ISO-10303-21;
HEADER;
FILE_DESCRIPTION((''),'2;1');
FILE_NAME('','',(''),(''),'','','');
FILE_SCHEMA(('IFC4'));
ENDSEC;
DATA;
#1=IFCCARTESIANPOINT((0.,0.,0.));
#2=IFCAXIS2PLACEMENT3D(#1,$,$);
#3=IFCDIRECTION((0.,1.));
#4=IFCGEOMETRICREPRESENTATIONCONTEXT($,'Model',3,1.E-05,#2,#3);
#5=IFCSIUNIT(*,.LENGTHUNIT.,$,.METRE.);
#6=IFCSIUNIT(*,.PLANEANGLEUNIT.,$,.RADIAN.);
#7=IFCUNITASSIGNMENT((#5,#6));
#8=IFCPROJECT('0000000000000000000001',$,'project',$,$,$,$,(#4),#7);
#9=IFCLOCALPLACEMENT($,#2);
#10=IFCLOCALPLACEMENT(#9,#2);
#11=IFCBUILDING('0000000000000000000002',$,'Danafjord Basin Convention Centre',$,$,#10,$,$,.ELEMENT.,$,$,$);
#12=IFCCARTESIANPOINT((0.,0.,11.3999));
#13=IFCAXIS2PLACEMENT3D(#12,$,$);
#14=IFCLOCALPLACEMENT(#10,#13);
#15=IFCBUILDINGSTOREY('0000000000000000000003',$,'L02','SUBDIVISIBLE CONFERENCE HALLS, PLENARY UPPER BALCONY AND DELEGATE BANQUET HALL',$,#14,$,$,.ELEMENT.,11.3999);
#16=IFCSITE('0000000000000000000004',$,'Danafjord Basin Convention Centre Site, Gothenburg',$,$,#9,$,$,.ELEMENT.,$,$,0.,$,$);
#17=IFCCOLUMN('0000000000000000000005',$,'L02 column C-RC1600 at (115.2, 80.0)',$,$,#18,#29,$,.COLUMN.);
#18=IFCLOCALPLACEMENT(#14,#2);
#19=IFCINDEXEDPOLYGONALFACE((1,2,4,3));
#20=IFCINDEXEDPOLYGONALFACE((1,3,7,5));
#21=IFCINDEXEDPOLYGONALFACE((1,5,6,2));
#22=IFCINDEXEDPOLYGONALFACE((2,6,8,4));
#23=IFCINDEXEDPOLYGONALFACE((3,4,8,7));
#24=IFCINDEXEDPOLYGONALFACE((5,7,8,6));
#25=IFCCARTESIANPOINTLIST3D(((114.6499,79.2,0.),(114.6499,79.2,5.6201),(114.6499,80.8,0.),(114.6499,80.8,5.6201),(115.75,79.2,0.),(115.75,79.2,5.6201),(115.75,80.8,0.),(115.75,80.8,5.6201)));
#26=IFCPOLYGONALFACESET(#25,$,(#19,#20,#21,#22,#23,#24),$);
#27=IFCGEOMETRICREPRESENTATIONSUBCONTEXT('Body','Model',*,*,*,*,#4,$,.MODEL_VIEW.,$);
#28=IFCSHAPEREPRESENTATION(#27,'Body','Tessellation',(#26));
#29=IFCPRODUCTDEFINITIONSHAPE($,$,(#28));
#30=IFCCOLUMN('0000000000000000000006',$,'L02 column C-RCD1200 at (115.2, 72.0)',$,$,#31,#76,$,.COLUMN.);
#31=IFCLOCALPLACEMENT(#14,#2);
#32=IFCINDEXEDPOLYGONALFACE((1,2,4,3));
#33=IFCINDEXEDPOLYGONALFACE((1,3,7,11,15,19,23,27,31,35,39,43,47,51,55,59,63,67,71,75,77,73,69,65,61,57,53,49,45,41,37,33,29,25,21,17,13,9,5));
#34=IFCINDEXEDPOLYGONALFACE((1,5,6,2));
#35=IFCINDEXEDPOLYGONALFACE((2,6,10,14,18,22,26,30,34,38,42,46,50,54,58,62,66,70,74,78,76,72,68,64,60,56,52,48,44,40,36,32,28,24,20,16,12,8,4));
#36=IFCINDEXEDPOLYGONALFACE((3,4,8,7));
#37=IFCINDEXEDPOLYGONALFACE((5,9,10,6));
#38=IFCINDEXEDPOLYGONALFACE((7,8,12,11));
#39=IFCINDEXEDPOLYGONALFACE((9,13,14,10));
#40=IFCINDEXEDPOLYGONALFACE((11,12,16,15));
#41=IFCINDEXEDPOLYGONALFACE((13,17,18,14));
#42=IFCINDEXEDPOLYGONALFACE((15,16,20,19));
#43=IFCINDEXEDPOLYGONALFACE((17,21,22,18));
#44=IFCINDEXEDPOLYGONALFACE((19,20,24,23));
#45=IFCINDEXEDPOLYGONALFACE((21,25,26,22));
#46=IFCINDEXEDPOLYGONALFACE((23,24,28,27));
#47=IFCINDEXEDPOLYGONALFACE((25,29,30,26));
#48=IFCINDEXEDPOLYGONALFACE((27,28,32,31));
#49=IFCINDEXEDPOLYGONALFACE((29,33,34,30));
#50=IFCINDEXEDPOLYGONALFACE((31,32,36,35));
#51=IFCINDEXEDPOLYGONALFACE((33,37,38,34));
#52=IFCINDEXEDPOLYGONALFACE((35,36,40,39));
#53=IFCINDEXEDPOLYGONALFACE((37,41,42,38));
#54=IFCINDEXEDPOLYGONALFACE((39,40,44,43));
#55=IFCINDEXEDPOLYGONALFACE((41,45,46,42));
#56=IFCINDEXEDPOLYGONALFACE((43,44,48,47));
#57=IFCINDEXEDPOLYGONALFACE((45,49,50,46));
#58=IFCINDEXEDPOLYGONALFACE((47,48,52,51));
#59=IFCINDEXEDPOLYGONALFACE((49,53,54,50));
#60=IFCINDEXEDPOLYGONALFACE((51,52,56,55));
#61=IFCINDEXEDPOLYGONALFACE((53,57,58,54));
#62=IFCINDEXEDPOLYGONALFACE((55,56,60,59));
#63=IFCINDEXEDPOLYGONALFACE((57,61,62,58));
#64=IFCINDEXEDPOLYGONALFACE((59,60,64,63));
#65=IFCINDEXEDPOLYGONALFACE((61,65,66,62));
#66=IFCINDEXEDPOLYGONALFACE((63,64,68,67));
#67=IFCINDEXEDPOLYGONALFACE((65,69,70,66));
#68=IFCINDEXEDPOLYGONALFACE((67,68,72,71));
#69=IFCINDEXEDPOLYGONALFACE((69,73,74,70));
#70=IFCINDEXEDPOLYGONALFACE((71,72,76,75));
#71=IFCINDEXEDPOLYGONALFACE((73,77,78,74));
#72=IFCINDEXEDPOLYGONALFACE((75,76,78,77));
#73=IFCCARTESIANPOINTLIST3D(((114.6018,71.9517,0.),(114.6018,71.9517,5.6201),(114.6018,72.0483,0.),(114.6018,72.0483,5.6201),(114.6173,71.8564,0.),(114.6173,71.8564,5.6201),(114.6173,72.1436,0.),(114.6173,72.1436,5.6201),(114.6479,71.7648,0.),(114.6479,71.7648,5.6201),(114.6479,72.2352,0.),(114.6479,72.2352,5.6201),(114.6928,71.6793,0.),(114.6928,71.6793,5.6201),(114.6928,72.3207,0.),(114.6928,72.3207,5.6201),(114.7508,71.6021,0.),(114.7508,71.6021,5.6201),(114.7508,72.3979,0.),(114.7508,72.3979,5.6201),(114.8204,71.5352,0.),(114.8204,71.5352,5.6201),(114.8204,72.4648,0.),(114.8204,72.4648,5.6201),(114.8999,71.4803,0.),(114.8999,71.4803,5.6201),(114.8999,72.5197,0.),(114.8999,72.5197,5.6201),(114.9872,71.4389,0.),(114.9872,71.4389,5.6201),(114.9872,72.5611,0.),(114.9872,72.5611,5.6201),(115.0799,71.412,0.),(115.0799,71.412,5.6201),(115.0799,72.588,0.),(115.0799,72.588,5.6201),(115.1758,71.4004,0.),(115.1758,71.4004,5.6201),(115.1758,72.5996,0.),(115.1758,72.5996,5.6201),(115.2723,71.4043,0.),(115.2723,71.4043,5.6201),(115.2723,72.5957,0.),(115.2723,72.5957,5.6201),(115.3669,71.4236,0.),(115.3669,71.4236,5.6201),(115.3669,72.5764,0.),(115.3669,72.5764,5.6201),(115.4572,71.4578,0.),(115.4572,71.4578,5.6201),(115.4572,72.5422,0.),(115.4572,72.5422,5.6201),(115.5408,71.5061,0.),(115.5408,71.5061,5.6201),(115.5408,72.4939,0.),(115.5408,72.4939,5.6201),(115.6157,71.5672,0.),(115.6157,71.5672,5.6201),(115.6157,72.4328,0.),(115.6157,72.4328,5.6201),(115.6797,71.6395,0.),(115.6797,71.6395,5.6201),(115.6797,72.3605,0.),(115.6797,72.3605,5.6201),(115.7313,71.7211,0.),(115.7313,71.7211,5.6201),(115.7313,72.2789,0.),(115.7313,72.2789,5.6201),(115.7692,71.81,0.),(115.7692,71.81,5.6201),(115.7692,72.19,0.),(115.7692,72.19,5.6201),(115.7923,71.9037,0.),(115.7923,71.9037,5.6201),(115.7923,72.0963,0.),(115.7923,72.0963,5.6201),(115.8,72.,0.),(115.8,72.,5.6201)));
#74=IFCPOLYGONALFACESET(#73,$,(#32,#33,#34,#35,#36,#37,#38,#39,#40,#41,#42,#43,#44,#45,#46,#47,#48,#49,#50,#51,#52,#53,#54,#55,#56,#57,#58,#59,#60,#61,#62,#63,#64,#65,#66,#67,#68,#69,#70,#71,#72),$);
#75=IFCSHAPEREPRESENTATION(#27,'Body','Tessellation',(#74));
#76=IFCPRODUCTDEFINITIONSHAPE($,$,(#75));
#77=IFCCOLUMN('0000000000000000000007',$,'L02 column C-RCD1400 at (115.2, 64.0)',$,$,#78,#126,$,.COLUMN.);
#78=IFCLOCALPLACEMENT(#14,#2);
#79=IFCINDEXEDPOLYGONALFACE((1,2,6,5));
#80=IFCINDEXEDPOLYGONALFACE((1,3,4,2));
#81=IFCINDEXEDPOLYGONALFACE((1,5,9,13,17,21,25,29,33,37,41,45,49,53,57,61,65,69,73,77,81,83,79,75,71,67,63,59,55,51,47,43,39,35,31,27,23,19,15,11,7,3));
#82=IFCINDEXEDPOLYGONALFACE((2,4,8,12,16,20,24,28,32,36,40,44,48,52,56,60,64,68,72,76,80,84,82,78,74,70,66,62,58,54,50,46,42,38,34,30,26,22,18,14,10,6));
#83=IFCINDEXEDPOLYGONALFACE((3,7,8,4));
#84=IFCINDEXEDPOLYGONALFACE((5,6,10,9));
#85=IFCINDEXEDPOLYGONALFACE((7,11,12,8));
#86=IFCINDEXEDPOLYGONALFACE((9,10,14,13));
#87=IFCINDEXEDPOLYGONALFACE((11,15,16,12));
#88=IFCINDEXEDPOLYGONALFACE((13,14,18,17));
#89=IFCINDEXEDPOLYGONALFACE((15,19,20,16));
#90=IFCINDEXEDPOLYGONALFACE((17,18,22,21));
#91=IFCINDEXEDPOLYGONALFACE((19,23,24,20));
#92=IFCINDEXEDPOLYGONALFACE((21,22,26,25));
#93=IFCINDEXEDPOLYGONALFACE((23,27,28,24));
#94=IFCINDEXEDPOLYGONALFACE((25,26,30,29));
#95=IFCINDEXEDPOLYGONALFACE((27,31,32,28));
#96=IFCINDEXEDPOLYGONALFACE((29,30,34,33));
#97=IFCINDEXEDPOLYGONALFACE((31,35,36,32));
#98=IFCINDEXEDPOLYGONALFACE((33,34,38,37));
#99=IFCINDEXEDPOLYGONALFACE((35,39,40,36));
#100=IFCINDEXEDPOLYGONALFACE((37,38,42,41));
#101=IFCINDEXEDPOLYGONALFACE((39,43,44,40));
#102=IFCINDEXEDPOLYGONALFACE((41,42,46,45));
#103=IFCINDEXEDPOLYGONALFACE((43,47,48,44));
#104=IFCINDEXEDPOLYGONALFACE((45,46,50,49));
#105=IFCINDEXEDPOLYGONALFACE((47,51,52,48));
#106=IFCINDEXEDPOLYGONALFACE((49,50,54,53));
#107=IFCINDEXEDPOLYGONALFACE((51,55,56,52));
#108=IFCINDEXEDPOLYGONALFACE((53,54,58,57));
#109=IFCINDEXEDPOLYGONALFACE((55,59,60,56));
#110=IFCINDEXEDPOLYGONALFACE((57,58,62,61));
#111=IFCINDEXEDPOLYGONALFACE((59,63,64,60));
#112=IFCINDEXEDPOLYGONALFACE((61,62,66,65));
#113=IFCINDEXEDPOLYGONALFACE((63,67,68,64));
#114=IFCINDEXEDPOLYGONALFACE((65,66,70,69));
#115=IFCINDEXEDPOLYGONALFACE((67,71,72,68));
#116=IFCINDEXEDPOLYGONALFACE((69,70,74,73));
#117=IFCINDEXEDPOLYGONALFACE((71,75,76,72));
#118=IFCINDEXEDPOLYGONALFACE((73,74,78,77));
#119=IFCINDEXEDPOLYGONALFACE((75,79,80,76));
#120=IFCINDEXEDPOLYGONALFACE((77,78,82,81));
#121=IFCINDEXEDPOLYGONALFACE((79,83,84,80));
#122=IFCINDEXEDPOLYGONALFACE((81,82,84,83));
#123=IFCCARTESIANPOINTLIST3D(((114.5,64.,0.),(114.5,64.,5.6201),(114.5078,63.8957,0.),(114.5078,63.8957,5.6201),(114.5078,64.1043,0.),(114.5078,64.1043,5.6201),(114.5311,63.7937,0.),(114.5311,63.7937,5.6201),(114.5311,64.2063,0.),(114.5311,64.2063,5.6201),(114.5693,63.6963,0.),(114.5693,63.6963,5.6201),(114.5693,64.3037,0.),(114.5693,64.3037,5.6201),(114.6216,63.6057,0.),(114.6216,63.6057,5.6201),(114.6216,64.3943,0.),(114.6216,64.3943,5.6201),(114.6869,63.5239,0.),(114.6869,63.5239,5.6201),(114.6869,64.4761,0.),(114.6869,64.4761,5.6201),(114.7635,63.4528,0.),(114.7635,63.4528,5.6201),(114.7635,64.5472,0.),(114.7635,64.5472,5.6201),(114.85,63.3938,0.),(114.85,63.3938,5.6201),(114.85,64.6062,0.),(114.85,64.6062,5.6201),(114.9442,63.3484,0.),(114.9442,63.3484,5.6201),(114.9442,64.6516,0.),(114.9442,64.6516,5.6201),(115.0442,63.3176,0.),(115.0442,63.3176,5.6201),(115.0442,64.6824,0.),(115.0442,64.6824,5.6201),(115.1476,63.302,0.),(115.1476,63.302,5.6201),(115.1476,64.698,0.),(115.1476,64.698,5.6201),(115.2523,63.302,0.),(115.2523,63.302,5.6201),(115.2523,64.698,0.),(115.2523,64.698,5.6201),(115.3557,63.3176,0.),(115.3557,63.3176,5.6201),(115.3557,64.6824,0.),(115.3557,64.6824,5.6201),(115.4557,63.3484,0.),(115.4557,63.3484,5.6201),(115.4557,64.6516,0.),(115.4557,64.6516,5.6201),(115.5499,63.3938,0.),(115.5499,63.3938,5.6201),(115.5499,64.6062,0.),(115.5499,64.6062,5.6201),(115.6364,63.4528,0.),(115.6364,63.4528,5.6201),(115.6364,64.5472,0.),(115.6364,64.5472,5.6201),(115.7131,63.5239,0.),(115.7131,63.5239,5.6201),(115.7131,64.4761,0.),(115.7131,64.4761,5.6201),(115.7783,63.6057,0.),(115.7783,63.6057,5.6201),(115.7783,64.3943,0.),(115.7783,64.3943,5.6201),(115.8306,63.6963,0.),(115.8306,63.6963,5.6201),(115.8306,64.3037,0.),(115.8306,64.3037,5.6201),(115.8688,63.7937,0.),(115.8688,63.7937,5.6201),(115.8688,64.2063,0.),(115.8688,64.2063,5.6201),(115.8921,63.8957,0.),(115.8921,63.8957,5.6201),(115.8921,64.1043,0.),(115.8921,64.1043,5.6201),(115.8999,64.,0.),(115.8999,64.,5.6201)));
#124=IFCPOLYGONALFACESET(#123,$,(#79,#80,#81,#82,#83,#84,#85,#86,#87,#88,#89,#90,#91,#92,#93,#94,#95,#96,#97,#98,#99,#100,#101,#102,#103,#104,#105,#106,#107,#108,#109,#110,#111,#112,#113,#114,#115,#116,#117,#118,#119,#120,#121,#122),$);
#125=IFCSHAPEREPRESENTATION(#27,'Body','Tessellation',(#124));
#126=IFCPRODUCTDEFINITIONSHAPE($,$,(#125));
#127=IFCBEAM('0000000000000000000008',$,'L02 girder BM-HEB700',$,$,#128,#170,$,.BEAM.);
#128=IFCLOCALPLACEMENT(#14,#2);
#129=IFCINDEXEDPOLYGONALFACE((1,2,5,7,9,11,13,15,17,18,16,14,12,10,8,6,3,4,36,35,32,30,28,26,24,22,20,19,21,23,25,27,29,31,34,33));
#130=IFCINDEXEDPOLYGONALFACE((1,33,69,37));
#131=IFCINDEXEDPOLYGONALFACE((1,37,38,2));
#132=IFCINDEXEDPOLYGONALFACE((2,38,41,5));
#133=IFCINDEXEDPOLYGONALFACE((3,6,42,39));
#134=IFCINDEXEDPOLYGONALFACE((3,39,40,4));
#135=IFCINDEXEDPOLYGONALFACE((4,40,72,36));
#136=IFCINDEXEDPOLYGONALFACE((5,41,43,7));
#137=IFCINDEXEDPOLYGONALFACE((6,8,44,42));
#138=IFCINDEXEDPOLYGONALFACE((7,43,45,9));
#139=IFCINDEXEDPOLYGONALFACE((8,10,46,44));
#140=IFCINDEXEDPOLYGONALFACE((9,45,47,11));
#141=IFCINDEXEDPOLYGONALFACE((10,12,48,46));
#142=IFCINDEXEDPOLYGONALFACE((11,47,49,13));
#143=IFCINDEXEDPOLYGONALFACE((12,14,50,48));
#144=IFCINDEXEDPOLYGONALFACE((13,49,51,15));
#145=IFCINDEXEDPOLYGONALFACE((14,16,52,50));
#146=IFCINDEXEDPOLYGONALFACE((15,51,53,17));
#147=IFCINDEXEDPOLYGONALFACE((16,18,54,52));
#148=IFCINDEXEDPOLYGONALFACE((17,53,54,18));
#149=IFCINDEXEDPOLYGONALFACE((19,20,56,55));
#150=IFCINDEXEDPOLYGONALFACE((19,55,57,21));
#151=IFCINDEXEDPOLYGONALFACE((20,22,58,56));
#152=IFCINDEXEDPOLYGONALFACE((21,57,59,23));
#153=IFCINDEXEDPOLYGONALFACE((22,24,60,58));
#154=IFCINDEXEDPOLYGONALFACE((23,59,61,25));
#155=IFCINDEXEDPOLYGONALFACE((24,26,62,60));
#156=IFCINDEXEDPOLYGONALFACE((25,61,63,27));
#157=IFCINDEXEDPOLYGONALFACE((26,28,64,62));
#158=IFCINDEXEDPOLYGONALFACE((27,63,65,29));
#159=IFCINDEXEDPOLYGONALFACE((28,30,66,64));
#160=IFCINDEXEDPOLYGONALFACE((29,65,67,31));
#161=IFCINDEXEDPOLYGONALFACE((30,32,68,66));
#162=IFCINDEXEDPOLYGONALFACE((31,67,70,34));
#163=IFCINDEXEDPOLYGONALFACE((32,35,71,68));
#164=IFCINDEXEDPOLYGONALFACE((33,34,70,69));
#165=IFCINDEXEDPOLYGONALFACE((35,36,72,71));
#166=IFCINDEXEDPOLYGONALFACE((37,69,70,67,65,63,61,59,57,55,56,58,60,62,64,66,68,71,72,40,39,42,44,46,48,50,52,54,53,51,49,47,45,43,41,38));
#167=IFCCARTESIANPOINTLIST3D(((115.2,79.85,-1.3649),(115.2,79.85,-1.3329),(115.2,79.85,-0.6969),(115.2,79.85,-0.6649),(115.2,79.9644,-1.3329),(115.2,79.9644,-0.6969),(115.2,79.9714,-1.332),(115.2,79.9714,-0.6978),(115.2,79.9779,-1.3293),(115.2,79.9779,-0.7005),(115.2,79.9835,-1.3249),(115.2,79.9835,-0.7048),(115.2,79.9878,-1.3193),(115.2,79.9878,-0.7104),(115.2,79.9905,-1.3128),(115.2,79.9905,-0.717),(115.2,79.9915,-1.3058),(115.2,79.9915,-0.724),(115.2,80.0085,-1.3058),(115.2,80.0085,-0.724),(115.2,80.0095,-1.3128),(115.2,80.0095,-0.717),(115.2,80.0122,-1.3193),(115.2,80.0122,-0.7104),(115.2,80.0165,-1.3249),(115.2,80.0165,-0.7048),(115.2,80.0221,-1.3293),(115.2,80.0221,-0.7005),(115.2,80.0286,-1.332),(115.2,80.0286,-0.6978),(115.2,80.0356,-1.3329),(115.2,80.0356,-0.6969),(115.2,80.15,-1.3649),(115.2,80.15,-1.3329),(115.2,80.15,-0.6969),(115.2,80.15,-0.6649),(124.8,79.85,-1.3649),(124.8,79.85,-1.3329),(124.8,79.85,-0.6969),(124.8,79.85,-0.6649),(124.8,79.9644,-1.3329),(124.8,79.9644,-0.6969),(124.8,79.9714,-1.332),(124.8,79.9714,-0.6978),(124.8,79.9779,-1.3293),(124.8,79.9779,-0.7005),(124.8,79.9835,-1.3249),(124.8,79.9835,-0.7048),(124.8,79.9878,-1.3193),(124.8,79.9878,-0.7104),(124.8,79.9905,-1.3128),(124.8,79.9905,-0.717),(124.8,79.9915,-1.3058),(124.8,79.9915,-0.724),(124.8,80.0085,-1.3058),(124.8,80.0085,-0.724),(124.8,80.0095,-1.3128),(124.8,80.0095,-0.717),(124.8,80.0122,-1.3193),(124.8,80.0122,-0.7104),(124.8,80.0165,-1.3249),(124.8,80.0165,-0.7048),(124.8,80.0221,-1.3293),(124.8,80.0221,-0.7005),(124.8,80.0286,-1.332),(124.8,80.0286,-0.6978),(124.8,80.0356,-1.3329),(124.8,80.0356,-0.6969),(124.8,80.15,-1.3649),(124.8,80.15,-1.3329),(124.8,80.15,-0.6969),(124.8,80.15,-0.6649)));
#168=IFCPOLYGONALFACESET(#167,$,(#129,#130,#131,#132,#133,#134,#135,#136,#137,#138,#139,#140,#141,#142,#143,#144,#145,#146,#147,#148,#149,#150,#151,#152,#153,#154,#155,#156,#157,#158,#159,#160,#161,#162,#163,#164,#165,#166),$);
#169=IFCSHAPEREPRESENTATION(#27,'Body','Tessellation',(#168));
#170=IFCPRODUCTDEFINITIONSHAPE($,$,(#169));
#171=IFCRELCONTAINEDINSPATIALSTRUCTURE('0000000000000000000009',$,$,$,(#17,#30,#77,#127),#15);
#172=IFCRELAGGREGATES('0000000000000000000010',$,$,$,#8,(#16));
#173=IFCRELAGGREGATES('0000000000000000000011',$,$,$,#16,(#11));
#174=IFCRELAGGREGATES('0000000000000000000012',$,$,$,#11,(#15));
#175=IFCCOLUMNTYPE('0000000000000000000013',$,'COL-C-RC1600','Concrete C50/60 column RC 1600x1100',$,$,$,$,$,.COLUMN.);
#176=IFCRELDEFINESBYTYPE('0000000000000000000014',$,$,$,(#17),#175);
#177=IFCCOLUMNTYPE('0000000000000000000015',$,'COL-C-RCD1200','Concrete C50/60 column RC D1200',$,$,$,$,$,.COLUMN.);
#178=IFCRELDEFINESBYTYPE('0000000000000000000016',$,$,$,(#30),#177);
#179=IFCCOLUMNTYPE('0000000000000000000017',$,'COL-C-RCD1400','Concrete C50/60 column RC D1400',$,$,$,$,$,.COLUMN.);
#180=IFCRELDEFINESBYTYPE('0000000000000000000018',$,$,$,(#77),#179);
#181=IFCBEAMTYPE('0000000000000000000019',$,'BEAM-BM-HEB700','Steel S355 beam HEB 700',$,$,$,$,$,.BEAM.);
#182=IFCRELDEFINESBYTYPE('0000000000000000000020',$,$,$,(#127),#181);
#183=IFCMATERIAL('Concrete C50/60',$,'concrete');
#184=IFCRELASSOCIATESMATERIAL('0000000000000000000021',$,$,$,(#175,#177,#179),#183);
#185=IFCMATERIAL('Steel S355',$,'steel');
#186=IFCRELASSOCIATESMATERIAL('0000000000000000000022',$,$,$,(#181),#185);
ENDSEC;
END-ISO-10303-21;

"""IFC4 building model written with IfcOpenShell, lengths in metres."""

from ifc_helpers import new_model, si_unit, direction, frame, origin, origin_2d, place, context, subcontext, project, spatial, rectangle, circle, i_section, extrude, material, material_profile, profile_set, type_object, element, save


model = new_model("IFC4")

# Units and contexts
model_context = context("Model", 3, precision=1e-05, world=origin(), true_north=direction((0.0, 1.0)))
body_context = subcontext(model_context, "Body", "Model", "MODEL_VIEW")
ifc_project = project(units=[si_unit("LENGTHUNIT", "METRE"), si_unit("PLANEANGLEUNIT", "RADIAN")], contexts=[model_context])

# Site, building, storey
site_placement = place(None, origin())
site = spatial("IfcSite", under=ifc_project, at=site_placement, Name="Danafjord Basin Convention Centre Site, Gothenburg", CompositionType="ELEMENT", RefElevation=0.0)
building_placement = place(site_placement, origin())
building = spatial("IfcBuilding", under=site, at=building_placement, Name="Danafjord Basin Convention Centre", CompositionType="ELEMENT")
storey_placement = place(building_placement, frame((0.0, 0.0, 11.3999)))
storey = spatial("IfcBuildingStorey", under=building, at=storey_placement, Name="L02", Description="SUBDIVISIBLE CONFERENCE HALLS, PLENARY UPPER BALCONY AND DELEGATE BANQUET HALL", CompositionType="ELEMENT", Elevation=11.3999)

# Columns
ifc_material_1 = material(Name="Concrete C50/60", Category="concrete")
ifc_material_profile_1 = material_profile(ifc_material_1, rectangle(XDim=1.1001, YDim=1.6001, at=origin_2d()), Name="RC 1600x1100")
ifc_profile_set_1 = profile_set([ifc_material_profile_1], Name="Concrete C50/60")
column_type_1 = type_object("IfcColumnType", Name="COL-C-RC1600", Description="Concrete C50/60 column RC 1600x1100", PredefinedType="COLUMN", material=ifc_profile_set_1)
column_1_placement = place(storey_placement, frame((115.2, 80.0, 0.0), z_axis=(0.0, 0.0, 1.0), x_axis=(1.0, 0.0, 0.0)))
element("IfcColumn", 1, at=column_1_placement, inside=storey, type_object=column_type_1, Name="L02 column C-RC1600 at (115.2, 80.0)", PredefinedType="COLUMN", context=body_context, shape_type="SweptSolid", body=[
    extrude(rectangle(XDim=1.1001, YDim=1.6001, at=origin_2d()), origin(), (0.0, 0.0, 1.0), 5.6201),
])
ifc_material_profile_2 = material_profile(ifc_material_1, circle(Radius=0.6001, at=origin_2d()), Name="RC D1200")
ifc_profile_set_2 = profile_set([ifc_material_profile_2], Name="Concrete C50/60")
column_type_2 = type_object("IfcColumnType", Name="COL-C-RCD1200", Description="Concrete C50/60 column RC D1200", PredefinedType="COLUMN", material=ifc_profile_set_2)
column_2_placement = place(storey_placement, frame((115.2, 72.0, 0.0), z_axis=(0.0, 0.0, 1.0), x_axis=(1.0, 0.0, 0.0)))
element("IfcColumn", 2, at=column_2_placement, inside=storey, type_object=column_type_2, Name="L02 column C-RCD1200 at (115.2, 72.0)", PredefinedType="COLUMN", context=body_context, shape_type="SweptSolid", body=[
    extrude(circle(Radius=0.6001, at=origin_2d()), origin(), (0.0, 0.0, 1.0), 5.6201),
])
ifc_material_profile_3 = material_profile(ifc_material_1, circle(Radius=0.7, at=origin_2d()), Name="RC D1400")
ifc_profile_set_3 = profile_set([ifc_material_profile_3], Name="Concrete C50/60")
column_type_3 = type_object("IfcColumnType", Name="COL-C-RCD1400", Description="Concrete C50/60 column RC D1400", PredefinedType="COLUMN", material=ifc_profile_set_3)
column_3_placement = place(storey_placement, frame((115.2, 64.0, 0.0), z_axis=(0.0, 0.0, 1.0), x_axis=(1.0, 0.0, 0.0)))
element("IfcColumn", 3, at=column_3_placement, inside=storey, type_object=column_type_3, Name="L02 column C-RCD1400 at (115.2, 64.0)", PredefinedType="COLUMN", context=body_context, shape_type="SweptSolid", body=[
    extrude(circle(Radius=0.7, at=origin_2d()), origin(), (0.0, 0.0, 1.0), 5.6201),
])

# Beam
ifc_material_2 = material(Name="Steel S355", Category="steel")
ifc_material_profile_4 = material_profile(ifc_material_2, i_section(OverallWidth=0.3, OverallDepth=0.7, WebThickness=0.0171, FlangeThickness=0.032, FilletRadius=0.0271, at=origin_2d()), Name="HEB 700")
ifc_profile_set_4 = profile_set([ifc_material_profile_4], Name="Steel S355")
beam_type_1 = type_object("IfcBeamType", Name="BEAM-BM-HEB700", Description="Steel S355 beam HEB 700", PredefinedType="BEAM", material=ifc_profile_set_4)
beam_1_placement = place(storey_placement, frame((115.2, 80.0, -1.0149), z_axis=(1.0, 0.0, 0.0), x_axis=(0.0, 1.0, 0.0)))
element("IfcBeam", 4, at=beam_1_placement, inside=storey, type_object=beam_type_1, Name="L02 girder BM-HEB700", PredefinedType="BEAM", context=body_context, shape_type="SweptSolid", body=[
    extrude(i_section(OverallWidth=0.3, OverallDepth=0.7, WebThickness=0.0171, FlangeThickness=0.032, FilletRadius=0.0271, at=origin_2d()), origin(), (0.0, 0.0, 1.0), 9.6001),
])

save(model, "model.ifc")
